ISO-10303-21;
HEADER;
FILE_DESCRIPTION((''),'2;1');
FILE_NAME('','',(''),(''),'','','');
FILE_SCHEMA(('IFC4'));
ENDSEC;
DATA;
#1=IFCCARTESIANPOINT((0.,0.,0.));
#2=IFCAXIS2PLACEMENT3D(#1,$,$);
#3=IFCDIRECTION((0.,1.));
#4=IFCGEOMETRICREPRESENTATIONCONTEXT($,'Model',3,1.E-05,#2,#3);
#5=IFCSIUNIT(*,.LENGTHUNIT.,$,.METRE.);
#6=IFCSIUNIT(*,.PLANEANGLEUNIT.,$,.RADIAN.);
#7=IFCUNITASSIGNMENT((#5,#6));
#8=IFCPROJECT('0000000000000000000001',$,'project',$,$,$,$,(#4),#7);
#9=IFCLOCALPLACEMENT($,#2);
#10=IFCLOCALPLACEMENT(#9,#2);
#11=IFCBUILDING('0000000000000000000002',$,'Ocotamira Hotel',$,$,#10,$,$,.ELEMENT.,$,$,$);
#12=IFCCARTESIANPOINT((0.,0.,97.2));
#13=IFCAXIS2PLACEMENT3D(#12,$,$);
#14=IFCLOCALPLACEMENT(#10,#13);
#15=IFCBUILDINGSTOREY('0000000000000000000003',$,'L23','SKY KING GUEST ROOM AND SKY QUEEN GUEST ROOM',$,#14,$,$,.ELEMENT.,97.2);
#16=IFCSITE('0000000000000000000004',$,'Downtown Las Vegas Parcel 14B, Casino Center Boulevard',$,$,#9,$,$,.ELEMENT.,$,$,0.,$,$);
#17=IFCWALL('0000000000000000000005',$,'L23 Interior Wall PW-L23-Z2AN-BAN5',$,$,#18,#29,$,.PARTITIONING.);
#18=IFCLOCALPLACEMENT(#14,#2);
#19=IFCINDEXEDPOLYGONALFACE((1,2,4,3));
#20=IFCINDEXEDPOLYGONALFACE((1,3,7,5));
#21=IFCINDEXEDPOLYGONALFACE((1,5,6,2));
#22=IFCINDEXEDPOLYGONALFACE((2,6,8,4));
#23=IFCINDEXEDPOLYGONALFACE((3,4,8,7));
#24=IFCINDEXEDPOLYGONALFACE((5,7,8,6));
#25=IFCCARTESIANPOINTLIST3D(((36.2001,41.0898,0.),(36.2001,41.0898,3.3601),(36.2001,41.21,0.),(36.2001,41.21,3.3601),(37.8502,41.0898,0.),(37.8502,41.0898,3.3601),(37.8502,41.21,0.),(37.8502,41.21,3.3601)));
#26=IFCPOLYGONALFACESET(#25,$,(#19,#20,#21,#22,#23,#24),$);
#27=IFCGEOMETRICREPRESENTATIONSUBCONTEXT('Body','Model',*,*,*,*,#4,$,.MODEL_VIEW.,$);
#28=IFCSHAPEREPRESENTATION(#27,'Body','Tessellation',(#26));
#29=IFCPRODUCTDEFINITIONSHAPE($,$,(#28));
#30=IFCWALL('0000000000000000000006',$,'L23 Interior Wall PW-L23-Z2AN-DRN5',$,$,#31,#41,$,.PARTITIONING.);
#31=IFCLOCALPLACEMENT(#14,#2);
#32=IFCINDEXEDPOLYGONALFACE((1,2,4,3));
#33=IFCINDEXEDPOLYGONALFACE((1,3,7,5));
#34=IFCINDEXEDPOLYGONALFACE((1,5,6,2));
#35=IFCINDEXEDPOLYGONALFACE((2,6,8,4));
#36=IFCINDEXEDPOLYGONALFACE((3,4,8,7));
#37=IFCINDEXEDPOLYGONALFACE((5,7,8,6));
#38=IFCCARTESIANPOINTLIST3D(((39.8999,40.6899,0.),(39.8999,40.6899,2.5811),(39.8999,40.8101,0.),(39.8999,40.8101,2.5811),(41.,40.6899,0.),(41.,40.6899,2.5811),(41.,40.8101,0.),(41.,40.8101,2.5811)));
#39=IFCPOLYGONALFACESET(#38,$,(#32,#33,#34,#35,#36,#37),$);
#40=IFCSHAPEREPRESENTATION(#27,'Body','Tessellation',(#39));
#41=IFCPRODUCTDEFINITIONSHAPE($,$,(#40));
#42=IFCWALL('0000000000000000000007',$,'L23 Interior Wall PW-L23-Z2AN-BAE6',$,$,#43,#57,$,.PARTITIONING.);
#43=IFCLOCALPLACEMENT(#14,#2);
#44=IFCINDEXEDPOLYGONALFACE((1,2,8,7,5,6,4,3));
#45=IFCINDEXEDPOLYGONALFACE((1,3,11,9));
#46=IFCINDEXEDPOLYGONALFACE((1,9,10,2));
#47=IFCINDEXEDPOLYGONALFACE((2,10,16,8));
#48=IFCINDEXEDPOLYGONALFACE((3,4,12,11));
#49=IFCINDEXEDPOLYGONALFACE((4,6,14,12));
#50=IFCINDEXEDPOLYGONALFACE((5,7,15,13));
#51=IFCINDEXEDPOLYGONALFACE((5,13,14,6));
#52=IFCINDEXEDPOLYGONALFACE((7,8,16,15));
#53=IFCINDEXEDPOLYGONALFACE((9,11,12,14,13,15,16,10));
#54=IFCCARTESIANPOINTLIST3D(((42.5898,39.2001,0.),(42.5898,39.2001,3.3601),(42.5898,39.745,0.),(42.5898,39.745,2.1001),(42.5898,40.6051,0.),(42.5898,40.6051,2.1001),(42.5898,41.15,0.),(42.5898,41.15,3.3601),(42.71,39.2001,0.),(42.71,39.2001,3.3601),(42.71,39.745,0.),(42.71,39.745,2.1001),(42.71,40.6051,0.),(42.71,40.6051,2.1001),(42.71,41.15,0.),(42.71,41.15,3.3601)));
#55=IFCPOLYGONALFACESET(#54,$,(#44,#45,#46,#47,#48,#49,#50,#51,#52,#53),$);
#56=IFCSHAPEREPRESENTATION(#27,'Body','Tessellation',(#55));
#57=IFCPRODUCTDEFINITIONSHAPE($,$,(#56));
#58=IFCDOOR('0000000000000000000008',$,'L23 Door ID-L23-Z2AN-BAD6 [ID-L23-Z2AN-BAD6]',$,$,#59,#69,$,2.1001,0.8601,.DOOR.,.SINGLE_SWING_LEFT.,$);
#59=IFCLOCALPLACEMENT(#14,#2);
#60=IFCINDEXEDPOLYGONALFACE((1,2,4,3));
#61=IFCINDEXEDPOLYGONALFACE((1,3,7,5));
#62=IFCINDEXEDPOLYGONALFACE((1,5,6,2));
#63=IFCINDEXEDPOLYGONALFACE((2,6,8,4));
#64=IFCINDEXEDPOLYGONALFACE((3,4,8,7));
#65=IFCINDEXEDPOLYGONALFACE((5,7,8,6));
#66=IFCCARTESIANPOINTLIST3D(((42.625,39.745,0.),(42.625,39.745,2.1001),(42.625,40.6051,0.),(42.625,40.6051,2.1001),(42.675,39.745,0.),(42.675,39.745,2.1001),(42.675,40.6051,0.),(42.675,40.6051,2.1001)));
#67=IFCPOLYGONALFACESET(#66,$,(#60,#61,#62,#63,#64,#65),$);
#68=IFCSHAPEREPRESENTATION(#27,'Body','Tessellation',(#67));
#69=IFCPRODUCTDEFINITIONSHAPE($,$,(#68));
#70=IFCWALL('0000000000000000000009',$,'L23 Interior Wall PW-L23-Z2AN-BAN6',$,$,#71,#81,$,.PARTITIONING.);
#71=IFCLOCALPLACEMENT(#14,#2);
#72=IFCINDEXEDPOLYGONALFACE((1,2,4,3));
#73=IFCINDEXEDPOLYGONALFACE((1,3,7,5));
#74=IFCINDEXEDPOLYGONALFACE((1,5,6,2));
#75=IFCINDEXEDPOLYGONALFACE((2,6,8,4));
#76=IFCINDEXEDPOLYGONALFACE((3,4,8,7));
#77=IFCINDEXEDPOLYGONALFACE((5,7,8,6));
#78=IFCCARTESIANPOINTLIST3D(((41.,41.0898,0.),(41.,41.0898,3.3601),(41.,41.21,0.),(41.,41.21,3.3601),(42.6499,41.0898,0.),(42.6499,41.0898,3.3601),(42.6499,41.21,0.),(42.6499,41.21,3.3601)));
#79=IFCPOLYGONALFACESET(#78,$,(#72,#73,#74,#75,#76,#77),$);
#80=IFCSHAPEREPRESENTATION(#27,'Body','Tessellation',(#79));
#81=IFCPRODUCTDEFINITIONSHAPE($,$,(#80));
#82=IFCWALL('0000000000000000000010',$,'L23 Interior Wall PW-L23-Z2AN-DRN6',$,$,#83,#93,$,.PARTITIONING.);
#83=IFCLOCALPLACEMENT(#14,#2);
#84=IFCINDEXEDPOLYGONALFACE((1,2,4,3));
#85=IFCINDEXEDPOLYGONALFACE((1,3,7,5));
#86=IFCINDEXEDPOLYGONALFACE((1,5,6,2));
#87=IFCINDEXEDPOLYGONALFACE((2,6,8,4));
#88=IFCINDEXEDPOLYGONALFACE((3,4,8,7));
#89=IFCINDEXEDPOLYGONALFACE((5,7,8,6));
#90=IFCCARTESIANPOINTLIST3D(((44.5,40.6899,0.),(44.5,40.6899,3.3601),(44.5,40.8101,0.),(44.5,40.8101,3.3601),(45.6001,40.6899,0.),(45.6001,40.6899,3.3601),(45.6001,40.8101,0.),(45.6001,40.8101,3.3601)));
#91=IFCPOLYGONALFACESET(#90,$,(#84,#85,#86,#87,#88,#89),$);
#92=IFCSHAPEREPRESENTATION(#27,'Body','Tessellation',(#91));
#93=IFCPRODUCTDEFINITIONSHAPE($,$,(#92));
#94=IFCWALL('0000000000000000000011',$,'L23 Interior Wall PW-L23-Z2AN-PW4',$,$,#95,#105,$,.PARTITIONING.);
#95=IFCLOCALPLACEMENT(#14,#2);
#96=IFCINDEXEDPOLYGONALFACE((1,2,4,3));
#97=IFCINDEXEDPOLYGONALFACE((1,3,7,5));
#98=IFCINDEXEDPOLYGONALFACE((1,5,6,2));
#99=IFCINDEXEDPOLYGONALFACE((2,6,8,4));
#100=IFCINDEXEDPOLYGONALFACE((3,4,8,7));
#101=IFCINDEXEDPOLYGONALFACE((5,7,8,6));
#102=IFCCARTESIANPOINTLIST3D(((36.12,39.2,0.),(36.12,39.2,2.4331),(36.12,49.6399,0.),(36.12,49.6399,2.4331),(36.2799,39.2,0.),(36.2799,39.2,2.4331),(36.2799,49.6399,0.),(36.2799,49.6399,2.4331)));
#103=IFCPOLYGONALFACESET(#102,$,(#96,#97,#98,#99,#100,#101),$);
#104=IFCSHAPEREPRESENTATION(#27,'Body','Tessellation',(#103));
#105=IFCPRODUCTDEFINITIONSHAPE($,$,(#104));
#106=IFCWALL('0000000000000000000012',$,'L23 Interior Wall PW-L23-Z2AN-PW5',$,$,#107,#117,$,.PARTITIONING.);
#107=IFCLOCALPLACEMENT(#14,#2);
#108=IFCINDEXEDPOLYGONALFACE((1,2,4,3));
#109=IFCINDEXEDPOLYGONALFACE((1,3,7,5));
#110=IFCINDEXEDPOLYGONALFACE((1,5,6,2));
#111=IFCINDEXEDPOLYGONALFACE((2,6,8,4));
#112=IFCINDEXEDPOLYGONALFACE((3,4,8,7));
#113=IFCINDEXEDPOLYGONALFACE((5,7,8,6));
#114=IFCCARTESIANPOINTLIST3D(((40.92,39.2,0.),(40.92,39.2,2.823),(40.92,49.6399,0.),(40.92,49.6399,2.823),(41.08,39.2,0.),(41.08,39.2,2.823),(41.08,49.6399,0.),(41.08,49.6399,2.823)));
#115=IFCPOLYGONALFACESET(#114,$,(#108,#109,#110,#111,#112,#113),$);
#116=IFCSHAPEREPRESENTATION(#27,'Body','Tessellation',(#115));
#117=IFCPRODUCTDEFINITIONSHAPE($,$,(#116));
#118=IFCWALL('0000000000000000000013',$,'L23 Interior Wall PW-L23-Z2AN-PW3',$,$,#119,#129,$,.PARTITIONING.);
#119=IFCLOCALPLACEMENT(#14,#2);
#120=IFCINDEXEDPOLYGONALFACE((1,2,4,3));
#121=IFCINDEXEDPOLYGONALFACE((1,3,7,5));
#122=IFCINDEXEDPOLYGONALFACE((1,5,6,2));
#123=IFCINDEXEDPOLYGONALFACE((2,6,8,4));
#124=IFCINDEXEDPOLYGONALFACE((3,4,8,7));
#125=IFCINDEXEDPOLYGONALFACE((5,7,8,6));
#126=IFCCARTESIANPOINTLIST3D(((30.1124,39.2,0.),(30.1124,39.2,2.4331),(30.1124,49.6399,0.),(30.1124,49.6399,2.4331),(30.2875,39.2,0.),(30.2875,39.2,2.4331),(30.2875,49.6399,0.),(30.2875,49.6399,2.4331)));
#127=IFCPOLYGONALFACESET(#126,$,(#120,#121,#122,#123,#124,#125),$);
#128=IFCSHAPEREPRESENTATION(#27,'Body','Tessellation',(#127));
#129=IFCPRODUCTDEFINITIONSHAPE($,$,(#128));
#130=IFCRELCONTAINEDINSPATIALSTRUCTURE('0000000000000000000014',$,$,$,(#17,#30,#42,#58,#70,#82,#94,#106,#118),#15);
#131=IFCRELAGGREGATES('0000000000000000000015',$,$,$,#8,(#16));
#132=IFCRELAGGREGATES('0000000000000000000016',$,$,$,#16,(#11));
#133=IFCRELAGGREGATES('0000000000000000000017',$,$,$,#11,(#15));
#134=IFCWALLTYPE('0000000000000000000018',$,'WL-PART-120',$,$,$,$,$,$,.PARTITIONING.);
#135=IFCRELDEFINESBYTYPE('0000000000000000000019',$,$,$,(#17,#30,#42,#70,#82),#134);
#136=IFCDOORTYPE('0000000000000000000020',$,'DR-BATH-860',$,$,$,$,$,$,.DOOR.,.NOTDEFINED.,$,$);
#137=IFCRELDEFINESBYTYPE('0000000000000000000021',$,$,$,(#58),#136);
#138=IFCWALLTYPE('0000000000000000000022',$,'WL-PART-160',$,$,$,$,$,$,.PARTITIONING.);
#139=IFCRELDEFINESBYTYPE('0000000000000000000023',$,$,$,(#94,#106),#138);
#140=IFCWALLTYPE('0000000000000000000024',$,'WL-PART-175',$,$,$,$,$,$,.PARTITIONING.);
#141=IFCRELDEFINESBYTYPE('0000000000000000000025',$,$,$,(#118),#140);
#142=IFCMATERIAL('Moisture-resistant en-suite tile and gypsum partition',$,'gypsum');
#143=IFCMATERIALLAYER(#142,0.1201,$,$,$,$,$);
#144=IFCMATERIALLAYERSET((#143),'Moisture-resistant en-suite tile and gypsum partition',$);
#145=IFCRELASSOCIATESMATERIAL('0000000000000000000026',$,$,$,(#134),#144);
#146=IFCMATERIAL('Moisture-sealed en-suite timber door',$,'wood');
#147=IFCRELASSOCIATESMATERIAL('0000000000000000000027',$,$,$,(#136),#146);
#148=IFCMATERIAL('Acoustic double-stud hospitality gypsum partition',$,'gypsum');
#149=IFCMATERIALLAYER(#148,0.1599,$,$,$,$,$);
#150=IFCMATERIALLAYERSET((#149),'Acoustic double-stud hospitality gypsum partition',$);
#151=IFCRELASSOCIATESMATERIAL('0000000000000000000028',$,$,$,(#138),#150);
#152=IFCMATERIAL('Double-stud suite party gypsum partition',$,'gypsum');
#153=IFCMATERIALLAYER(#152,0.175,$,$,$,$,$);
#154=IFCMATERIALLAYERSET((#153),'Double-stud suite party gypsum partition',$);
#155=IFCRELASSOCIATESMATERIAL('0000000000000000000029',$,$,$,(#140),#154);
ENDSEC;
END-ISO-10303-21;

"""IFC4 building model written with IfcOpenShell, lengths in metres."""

from ifc_helpers import new_model, si_unit, direction, frame, frame_2d, origin, place, context, subcontext, project, spatial, rectangle, extrude, source, transform, mapped, material, layer, layer_set, type_object, element, fill, save


model = new_model("IFC4")

# Units and contexts
model_context = context("Model", 3, precision=1e-05, world=origin(), true_north=direction((0.0, 1.0)))
body_context = subcontext(model_context, "Body", "Model", "MODEL_VIEW")
ifc_project = project(units=[si_unit("LENGTHUNIT", "METRE"), si_unit("PLANEANGLEUNIT", "RADIAN")], contexts=[model_context])

# Site, building, storey
site_placement = place(None, origin())
site = spatial("IfcSite", under=ifc_project, at=site_placement, Name="Downtown Las Vegas Parcel 14B, Casino Center Boulevard", CompositionType="ELEMENT", RefElevation=0.0)
building_placement = place(site_placement, origin())
building = spatial("IfcBuilding", under=site, at=building_placement, Name="Ocotamira Hotel", CompositionType="ELEMENT")
storey_placement = place(building_placement, frame((0.0, 0.0, 97.2)))
storey = spatial("IfcBuildingStorey", under=building, at=storey_placement, Name="L23", Description="SKY KING GUEST ROOM AND SKY QUEEN GUEST ROOM", CompositionType="ELEMENT", Elevation=97.2)

# Shared definitions
ifc_material_1 = material(Name="Moisture-resistant en-suite tile and gypsum partition", Category="gypsum")
ifc_layer_1 = layer(ifc_material_1, 0.1201)
ifc_layer_set_1 = layer_set([ifc_layer_1], Name="Moisture-resistant en-suite tile and gypsum partition")
wall_type_1 = type_object("IfcWallType", Name="WL-PART-120", PredefinedType="PARTITIONING", material=ifc_layer_set_1)

# Shared definitions
ifc_material_2 = material(Name="Moisture-sealed en-suite timber door", Category="wood")
door_type = type_object("IfcDoorType", Name="DR-BATH-860", OperationType="NOTDEFINED", PredefinedType="DOOR", material=ifc_material_2)
shared_shape_1 = source(origin(), body_context, "Body", "SweptSolid", [
    extrude(rectangle(XDim=0.8601, YDim=2.1001, at=frame_2d((0.4302, 1.05))), frame((0.0, 0.0249, 0.0), z_axis=(0.0, -1.0, 0.0), x_axis=(1.0, 0.0, 0.0)), (0.0, 0.0, 1.0), 0.05),
])

# Walls
wall_1_placement = place(storey_placement, frame((36.2, 41.1499, 0.0), z_axis=(0.0, 0.0, 1.0), x_axis=(1.0, 0.0, 0.0)))
element("IfcWall", 1, at=wall_1_placement, inside=storey, type_object=wall_type_1, Name="L23 Interior Wall PW-L23-Z2AN-BAN5", PredefinedType="PARTITIONING", context=body_context, shape_type="SweptSolid", body=[
    extrude(rectangle(XDim=1.6501, YDim=0.1201, at=frame_2d((0.8252, 0.0))), origin(), (0.0, 0.0, 1.0), 3.3601),
])
wall_2_placement = place(storey_placement, frame((39.8999, 40.75, 0.0), z_axis=(0.0, 0.0, 1.0), x_axis=(1.0, 0.0, 0.0)))
element("IfcWall", 2, at=wall_2_placement, inside=storey, type_object=wall_type_1, Name="L23 Interior Wall PW-L23-Z2AN-DRN5", PredefinedType="PARTITIONING", context=body_context, shape_type="SweptSolid", body=[
    extrude(rectangle(XDim=1.1001, YDim=0.1201, at=frame_2d((0.55, 0.0))), origin(), (0.0, 0.0, 1.0), 2.5811),
])

# Wall, opening, door
wall_3_placement = place(storey_placement, frame((42.6499, 39.2, 0.0), z_axis=(0.0, 0.0, 1.0), x_axis=(0.0, 1.0, 0.0)))
wall_3 = element("IfcWall", 3, at=wall_3_placement, inside=storey, type_object=wall_type_1, Name="L23 Interior Wall PW-L23-Z2AN-BAE6", PredefinedType="PARTITIONING", context=body_context, shape_type="SweptSolid", body=[
    extrude(rectangle(XDim=1.95, YDim=0.1201, at=frame_2d((0.9751, 0.0))), origin(), (0.0, 0.0, 1.0), 3.3601),
])
opening_1_placement = place(wall_3_placement, frame((0.5449, 0.0, 0.0)))
opening_1 = element("IfcOpeningElement", 4, at=opening_1_placement, cuts=wall_3, PredefinedType="OPENING", context=body_context, shape_type="SweptSolid", body=[
    extrude(rectangle(XDim=0.8601, YDim=2.1001, at=frame_2d((0.4302, 1.05))), frame((0.0, 0.0701, 0.0), z_axis=(0.0, -1.0, 0.0), x_axis=(1.0, 0.0, 0.0)), (0.0, 0.0, 1.0), 0.1401),
])
door_1_placement = place(opening_1_placement, origin())
door_1 = element("IfcDoor", 5, at=door_1_placement, inside=storey, type_object=door_type, Name="L23 Door ID-L23-Z2AN-BAD6 [ID-L23-Z2AN-BAD6]", OperationType="SINGLE_SWING_LEFT", OverallHeight=2.1001, OverallWidth=0.8601, PredefinedType="DOOR", context=body_context, shape_type="MappedRepresentation", body=[
    mapped(shared_shape_1, transform((0.0, 0.0, 0.0), scale=1.0)),
])
fill(opening_1, door_1)

# Walls
wall_4_placement = place(storey_placement, frame((41.0, 41.1499, 0.0), z_axis=(0.0, 0.0, 1.0), x_axis=(1.0, 0.0, 0.0)))
element("IfcWall", 6, at=wall_4_placement, inside=storey, type_object=wall_type_1, Name="L23 Interior Wall PW-L23-Z2AN-BAN6", PredefinedType="PARTITIONING", context=body_context, shape_type="SweptSolid", body=[
    extrude(rectangle(XDim=1.6499, YDim=0.1201, at=frame_2d((0.825, 0.0))), origin(), (0.0, 0.0, 1.0), 3.3601),
])
wall_5_placement = place(storey_placement, frame((44.5, 40.75, 0.0), z_axis=(0.0, 0.0, 1.0), x_axis=(1.0, 0.0, 0.0)))
element("IfcWall", 7, at=wall_5_placement, inside=storey, type_object=wall_type_1, Name="L23 Interior Wall PW-L23-Z2AN-DRN6", PredefinedType="PARTITIONING", context=body_context, shape_type="SweptSolid", body=[
    extrude(rectangle(XDim=1.1001, YDim=0.1201, at=frame_2d((0.55, 0.0))), origin(), (0.0, 0.0, 1.0), 3.3601),
])
ifc_material_3 = material(Name="Acoustic double-stud hospitality gypsum partition", Category="gypsum")
ifc_layer_2 = layer(ifc_material_3, 0.1599)
ifc_layer_set_2 = layer_set([ifc_layer_2], Name="Acoustic double-stud hospitality gypsum partition")
wall_type_2 = type_object("IfcWallType", Name="WL-PART-160", PredefinedType="PARTITIONING", material=ifc_layer_set_2)
wall_6_placement = place(storey_placement, frame((36.2, 39.2, 0.0), z_axis=(0.0, 0.0, 1.0), x_axis=(0.0, 1.0, 0.0)))
element("IfcWall", 8, at=wall_6_placement, inside=storey, type_object=wall_type_2, Name="L23 Interior Wall PW-L23-Z2AN-PW4", PredefinedType="PARTITIONING", context=body_context, shape_type="SweptSolid", body=[
    extrude(rectangle(XDim=10.4399, YDim=0.1599, at=frame_2d((5.22, 0.0))), origin(), (0.0, 0.0, 1.0), 2.4331),
])
wall_7_placement = place(storey_placement, frame((41.0, 39.2, 0.0), z_axis=(0.0, 0.0, 1.0), x_axis=(0.0, 1.0, 0.0)))
element("IfcWall", 9, at=wall_7_placement, inside=storey, type_object=wall_type_2, Name="L23 Interior Wall PW-L23-Z2AN-PW5", PredefinedType="PARTITIONING", context=body_context, shape_type="SweptSolid", body=[
    extrude(rectangle(XDim=10.4399, YDim=0.1599, at=frame_2d((5.22, 0.0))), origin(), (0.0, 0.0, 1.0), 2.823),
])
ifc_material_4 = material(Name="Double-stud suite party gypsum partition", Category="gypsum")
ifc_layer_3 = layer(ifc_material_4, 0.175)
ifc_layer_set_3 = layer_set([ifc_layer_3], Name="Double-stud suite party gypsum partition")
wall_type_3 = type_object("IfcWallType", Name="WL-PART-175", PredefinedType="PARTITIONING", material=ifc_layer_set_3)
wall_8_placement = place(storey_placement, frame((30.2, 39.2, 0.0), z_axis=(0.0, 0.0, 1.0), x_axis=(0.0, 1.0, 0.0)))
element("IfcWall", 10, at=wall_8_placement, inside=storey, type_object=wall_type_3, Name="L23 Interior Wall PW-L23-Z2AN-PW3", PredefinedType="PARTITIONING", context=body_context, shape_type="SweptSolid", body=[
    extrude(rectangle(XDim=10.4399, YDim=0.175, at=frame_2d((5.22, 0.0))), origin(), (0.0, 0.0, 1.0), 2.4331),
])

save(model, "model.ifc")
